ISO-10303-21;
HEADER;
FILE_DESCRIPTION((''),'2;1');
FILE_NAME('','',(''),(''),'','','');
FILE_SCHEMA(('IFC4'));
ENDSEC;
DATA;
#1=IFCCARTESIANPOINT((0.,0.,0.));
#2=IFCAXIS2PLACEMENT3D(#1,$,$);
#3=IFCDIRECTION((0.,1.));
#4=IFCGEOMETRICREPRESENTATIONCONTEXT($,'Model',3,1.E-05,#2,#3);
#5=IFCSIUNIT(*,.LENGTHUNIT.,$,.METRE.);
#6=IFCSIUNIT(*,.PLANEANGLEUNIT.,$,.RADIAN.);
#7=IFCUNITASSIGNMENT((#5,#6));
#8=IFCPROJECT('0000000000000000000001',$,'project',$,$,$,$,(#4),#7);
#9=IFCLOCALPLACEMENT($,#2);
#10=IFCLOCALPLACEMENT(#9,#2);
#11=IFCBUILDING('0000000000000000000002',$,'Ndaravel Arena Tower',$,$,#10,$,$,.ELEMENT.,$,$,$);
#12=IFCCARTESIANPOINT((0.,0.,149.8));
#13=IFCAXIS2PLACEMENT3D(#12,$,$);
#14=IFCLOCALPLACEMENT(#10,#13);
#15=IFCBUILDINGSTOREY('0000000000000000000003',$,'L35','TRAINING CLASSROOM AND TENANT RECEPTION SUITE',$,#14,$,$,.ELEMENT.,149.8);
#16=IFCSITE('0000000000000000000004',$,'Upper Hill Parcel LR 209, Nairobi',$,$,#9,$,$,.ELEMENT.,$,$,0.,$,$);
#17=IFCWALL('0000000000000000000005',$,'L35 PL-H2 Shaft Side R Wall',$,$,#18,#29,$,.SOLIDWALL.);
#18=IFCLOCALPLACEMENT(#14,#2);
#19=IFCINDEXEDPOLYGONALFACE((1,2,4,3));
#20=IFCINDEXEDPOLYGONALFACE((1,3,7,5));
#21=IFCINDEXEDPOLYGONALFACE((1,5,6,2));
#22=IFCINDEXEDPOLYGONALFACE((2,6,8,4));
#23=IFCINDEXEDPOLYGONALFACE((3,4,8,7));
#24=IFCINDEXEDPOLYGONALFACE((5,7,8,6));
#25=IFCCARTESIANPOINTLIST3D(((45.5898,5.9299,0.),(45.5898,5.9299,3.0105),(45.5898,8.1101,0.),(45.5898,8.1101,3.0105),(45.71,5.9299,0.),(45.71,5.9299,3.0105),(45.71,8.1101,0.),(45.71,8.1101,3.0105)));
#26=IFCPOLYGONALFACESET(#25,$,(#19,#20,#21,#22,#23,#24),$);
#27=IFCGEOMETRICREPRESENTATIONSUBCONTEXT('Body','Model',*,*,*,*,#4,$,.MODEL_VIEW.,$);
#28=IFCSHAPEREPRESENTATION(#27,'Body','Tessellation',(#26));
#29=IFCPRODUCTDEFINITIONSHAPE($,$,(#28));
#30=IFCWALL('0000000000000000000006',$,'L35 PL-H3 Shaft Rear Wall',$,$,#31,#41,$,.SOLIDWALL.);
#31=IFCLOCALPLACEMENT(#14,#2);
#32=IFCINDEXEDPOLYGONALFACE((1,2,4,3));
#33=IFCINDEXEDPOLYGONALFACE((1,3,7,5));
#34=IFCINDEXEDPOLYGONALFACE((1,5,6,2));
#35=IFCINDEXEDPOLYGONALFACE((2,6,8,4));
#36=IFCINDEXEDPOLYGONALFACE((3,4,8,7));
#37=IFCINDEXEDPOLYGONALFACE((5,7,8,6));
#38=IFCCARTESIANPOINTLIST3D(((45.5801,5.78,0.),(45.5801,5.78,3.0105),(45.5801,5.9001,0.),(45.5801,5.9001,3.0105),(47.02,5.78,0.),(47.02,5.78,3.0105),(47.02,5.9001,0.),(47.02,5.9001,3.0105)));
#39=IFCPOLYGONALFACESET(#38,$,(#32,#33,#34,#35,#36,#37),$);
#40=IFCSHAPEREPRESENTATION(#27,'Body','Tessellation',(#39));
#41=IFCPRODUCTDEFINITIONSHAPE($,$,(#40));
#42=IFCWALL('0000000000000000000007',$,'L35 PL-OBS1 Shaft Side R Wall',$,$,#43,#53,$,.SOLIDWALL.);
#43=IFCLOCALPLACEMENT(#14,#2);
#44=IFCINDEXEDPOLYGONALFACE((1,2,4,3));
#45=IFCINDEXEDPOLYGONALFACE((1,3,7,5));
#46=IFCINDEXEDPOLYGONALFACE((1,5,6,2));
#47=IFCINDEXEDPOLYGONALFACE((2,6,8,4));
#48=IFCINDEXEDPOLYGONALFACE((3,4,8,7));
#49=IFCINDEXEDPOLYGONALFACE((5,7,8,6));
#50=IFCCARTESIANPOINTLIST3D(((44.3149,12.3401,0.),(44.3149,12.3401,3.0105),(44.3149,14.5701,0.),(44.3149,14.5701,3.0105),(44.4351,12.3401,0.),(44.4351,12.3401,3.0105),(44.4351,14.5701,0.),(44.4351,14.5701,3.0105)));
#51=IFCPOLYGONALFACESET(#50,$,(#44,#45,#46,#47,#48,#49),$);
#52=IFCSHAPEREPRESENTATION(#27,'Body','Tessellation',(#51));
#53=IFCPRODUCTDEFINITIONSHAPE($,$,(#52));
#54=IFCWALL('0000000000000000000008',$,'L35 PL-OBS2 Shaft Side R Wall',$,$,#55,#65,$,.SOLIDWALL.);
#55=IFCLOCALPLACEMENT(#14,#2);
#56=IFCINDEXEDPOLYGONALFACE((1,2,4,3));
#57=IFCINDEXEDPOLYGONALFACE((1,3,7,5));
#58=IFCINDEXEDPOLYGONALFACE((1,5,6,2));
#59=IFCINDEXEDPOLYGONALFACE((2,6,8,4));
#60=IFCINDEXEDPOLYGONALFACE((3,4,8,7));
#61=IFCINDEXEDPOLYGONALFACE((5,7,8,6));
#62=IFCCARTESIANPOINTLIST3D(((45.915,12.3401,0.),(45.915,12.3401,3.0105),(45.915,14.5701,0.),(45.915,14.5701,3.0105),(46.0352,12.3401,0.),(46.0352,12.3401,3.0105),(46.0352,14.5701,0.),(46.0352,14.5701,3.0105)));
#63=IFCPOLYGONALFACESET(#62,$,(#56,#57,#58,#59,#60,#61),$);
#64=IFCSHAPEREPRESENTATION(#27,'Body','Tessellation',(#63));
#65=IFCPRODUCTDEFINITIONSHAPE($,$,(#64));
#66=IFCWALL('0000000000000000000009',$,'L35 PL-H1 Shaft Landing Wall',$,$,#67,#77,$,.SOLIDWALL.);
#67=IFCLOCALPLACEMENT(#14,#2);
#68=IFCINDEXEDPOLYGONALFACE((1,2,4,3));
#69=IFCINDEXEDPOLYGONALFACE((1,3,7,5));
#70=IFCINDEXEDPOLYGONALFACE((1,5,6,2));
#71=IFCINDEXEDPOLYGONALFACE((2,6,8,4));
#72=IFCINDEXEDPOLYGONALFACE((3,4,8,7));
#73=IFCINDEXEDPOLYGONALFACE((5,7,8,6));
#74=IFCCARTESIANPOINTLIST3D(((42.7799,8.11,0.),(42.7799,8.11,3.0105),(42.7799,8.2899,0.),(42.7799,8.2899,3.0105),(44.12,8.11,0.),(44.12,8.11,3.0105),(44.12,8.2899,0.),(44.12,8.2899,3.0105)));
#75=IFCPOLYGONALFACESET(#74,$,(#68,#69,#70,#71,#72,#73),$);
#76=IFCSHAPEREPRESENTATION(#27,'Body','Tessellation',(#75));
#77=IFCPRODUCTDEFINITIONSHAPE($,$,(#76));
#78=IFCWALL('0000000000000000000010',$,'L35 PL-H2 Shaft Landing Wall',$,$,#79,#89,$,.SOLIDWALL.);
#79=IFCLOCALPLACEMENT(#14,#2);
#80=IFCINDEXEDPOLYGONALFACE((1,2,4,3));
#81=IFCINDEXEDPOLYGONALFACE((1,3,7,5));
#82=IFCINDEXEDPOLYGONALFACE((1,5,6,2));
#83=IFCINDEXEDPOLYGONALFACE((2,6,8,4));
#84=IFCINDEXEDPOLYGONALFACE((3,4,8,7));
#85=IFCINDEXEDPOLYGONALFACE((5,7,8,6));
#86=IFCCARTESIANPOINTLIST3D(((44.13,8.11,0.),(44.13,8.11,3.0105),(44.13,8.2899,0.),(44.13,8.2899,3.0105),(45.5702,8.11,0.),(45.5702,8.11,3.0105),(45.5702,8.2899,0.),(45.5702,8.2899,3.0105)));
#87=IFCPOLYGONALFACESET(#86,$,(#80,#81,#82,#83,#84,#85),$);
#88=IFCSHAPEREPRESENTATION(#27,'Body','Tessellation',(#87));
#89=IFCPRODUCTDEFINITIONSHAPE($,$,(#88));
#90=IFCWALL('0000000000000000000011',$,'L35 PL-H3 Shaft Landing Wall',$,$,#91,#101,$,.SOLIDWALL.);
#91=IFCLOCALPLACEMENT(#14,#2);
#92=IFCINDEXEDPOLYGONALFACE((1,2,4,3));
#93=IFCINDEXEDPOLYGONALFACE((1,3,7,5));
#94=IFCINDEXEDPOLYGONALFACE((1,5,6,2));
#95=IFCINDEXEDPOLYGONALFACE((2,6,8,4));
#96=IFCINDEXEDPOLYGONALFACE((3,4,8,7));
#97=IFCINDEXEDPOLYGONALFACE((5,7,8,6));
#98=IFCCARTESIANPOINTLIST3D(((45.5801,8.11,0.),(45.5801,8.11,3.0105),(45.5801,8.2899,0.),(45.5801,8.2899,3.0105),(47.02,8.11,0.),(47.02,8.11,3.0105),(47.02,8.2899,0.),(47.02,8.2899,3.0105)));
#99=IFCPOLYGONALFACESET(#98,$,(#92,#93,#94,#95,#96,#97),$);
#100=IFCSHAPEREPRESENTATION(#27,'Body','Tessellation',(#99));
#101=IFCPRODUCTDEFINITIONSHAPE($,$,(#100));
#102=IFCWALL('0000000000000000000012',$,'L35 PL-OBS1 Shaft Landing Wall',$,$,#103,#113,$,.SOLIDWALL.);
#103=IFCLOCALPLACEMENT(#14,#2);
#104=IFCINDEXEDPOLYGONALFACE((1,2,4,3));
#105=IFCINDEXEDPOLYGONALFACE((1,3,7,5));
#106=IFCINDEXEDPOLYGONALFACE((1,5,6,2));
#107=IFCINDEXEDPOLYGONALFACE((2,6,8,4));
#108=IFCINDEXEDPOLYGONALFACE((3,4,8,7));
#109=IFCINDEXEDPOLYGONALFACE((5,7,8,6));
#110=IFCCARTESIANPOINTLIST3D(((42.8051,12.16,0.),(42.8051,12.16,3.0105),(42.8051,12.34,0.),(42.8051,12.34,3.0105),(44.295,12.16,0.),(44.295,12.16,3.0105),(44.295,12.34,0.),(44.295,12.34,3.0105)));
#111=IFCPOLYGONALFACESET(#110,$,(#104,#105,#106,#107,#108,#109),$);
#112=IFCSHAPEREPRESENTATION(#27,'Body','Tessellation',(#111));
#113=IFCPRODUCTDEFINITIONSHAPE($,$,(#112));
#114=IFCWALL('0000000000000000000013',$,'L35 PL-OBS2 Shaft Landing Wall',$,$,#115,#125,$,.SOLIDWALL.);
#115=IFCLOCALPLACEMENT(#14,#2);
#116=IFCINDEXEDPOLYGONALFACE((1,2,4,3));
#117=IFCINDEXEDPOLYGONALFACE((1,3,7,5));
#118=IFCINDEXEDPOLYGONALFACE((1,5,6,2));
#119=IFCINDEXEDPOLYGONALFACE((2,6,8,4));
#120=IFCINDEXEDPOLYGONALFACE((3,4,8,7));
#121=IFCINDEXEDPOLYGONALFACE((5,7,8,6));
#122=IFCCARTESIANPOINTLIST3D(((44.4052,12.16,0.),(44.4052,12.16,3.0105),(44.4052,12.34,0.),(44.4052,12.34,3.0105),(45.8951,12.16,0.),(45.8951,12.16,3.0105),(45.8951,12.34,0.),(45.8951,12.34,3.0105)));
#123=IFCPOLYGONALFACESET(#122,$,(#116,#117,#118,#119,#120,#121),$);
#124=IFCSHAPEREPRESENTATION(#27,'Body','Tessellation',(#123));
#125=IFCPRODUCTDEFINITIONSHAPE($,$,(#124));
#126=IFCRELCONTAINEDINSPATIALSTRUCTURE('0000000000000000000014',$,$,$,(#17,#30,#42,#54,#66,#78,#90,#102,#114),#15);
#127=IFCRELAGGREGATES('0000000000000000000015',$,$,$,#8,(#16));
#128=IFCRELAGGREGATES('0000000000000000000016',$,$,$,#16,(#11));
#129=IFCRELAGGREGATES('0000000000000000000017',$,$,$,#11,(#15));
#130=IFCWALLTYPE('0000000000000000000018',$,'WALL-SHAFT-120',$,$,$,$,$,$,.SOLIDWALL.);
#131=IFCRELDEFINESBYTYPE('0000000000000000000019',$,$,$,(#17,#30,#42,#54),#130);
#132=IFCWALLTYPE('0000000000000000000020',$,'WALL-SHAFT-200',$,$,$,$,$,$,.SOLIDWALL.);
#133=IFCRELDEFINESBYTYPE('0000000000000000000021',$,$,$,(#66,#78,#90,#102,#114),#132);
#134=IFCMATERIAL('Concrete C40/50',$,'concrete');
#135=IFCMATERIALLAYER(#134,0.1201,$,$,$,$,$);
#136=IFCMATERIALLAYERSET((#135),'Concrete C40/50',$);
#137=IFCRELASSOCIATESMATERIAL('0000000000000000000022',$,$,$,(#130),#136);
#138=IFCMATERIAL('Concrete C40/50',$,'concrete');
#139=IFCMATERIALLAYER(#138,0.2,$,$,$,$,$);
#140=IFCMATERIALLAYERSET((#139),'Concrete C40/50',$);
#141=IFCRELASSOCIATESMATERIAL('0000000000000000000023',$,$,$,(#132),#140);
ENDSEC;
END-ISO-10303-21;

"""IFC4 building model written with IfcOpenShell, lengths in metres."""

from ifc_helpers import new_model, si_unit, direction, frame, frame_2d, origin, place, context, subcontext, project, spatial, rectangle, extrude, material, layer, layer_set, type_object, element, save


model = new_model("IFC4")

# Units and contexts
model_context = context("Model", 3, precision=1e-05, world=origin(), true_north=direction((0.0, 1.0)))
body_context = subcontext(model_context, "Body", "Model", "MODEL_VIEW")
ifc_project = project(units=[si_unit("LENGTHUNIT", "METRE"), si_unit("PLANEANGLEUNIT", "RADIAN")], contexts=[model_context])

# Site, building, storey
site_placement = place(None, origin())
site = spatial("IfcSite", under=ifc_project, at=site_placement, Name="Upper Hill Parcel LR 209, Nairobi", CompositionType="ELEMENT", RefElevation=0.0)
building_placement = place(site_placement, origin())
building = spatial("IfcBuilding", under=site, at=building_placement, Name="Ndaravel Arena Tower", CompositionType="ELEMENT")
storey_placement = place(building_placement, frame((0.0, 0.0, 149.8)))
storey = spatial("IfcBuildingStorey", under=building, at=storey_placement, Name="L35", Description="TRAINING CLASSROOM AND TENANT RECEPTION SUITE", CompositionType="ELEMENT", Elevation=149.8)

# Walls
ifc_material_1 = material(Name="Concrete C40/50", Category="concrete")
ifc_layer_1 = layer(ifc_material_1, 0.1201)
ifc_layer_set_1 = layer_set([ifc_layer_1], Name="Concrete C40/50")
wall_type_1 = type_object("IfcWallType", Name="WALL-SHAFT-120", PredefinedType="SOLIDWALL", material=ifc_layer_set_1)
wall_1_placement = place(storey_placement, frame((45.6499, 5.9299, 0.0), z_axis=(0.0, 0.0, 1.0), x_axis=(0.0, 1.0, 0.0)))
element("IfcWall", 1, at=wall_1_placement, inside=storey, type_object=wall_type_1, Name="L35 PL-H2 Shaft Side R Wall", PredefinedType="SOLIDWALL", context=body_context, shape_type="SweptSolid", body=[
    extrude(rectangle(XDim=2.1802, YDim=0.1201, at=frame_2d((1.0901, 0.0))), origin(), (0.0, 0.0, 1.0), 3.0105),
])
wall_2_placement = place(storey_placement, frame((45.5801, 5.8401, 0.0), z_axis=(0.0, 0.0, 1.0), x_axis=(1.0, 0.0, 0.0)))
element("IfcWall", 2, at=wall_2_placement, inside=storey, type_object=wall_type_1, Name="L35 PL-H3 Shaft Rear Wall", PredefinedType="SOLIDWALL", context=body_context, shape_type="SweptSolid", body=[
    extrude(rectangle(XDim=1.4399, YDim=0.1201, at=frame_2d((0.72, 0.0))), origin(), (0.0, 0.0, 1.0), 3.0105),
])
for number, where, z_axis, x_axis, name in (
    (3, (44.375, 12.3401, 0.0), (0.0, 0.0, 1.0), (0.0, 1.0, 0.0), "L35 PL-OBS1 Shaft Side R Wall"),
    (4, (45.9751, 12.3401, 0.0), (0.0, 0.0, 1.0), (0.0, 1.0, 0.0), "L35 PL-OBS2 Shaft Side R Wall"),
):
    element("IfcWall", number, at=place(storey_placement, frame(where, z_axis=z_axis, x_axis=x_axis)), inside=storey, type_object=wall_type_1, Name=name, PredefinedType="SOLIDWALL", context=body_context, shape_type="SweptSolid", body=[
        extrude(rectangle(XDim=2.23, YDim=0.1201, at=frame_2d((1.115, 0.0))), origin(), (0.0, 0.0, 1.0), 3.0105),
    ])
ifc_material_2 = material(Name="Concrete C40/50", Category="concrete")
ifc_layer_2 = layer(ifc_material_2, 0.2)
ifc_layer_set_2 = layer_set([ifc_layer_2], Name="Concrete C40/50")
wall_type_2 = type_object("IfcWallType", Name="WALL-SHAFT-200", PredefinedType="SOLIDWALL", material=ifc_layer_set_2)
wall_3_placement = place(storey_placement, frame((42.78, 8.2, 0.0), z_axis=(0.0, 0.0, 1.0), x_axis=(1.0, 0.0, 0.0)))
element("IfcWall", 5, at=wall_3_placement, inside=storey, type_object=wall_type_2, Name="L35 PL-H1 Shaft Landing Wall", PredefinedType="SOLIDWALL", context=body_context, shape_type="SweptSolid", body=[
    extrude(rectangle(XDim=1.3401, YDim=0.1799, at=frame_2d((0.6699, 0.0))), origin(), (0.0, 0.0, 1.0), 3.0105),
])
wall_4_placement = place(storey_placement, frame((44.1299, 8.2, 0.0), z_axis=(0.0, 0.0, 1.0), x_axis=(1.0, 0.0, 0.0)))
element("IfcWall", 6, at=wall_4_placement, inside=storey, type_object=wall_type_2, Name="L35 PL-H2 Shaft Landing Wall", PredefinedType="SOLIDWALL", context=body_context, shape_type="SweptSolid", body=[
    extrude(rectangle(XDim=1.4402, YDim=0.1799, at=frame_2d((0.7202, 0.0))), origin(), (0.0, 0.0, 1.0), 3.0105),
])
wall_5_placement = place(storey_placement, frame((45.5801, 8.2, 0.0), z_axis=(0.0, 0.0, 1.0), x_axis=(1.0, 0.0, 0.0)))
element("IfcWall", 7, at=wall_5_placement, inside=storey, type_object=wall_type_2, Name="L35 PL-H3 Shaft Landing Wall", PredefinedType="SOLIDWALL", context=body_context, shape_type="SweptSolid", body=[
    extrude(rectangle(XDim=1.4399, YDim=0.1799, at=frame_2d((0.72, 0.0))), origin(), (0.0, 0.0, 1.0), 3.0105),
])
for number, where, z_axis, x_axis, name in (
    (8, (42.8049, 12.25, 0.0), (0.0, 0.0, 1.0), (1.0, 0.0, 0.0), "L35 PL-OBS1 Shaft Landing Wall"),
    (9, (44.405, 12.25, 0.0), (0.0, 0.0, 1.0), (1.0, 0.0, 0.0), "L35 PL-OBS2 Shaft Landing Wall"),
):
    element("IfcWall", number, at=place(storey_placement, frame(where, z_axis=z_axis, x_axis=x_axis)), inside=storey, type_object=wall_type_2, Name=name, PredefinedType="SOLIDWALL", context=body_context, shape_type="SweptSolid", body=[
        extrude(rectangle(XDim=1.49, YDim=0.1799, at=frame_2d((0.7451, 0.0))), origin(), (0.0, 0.0, 1.0), 3.0105),
    ])

save(model, "model.ifc")
